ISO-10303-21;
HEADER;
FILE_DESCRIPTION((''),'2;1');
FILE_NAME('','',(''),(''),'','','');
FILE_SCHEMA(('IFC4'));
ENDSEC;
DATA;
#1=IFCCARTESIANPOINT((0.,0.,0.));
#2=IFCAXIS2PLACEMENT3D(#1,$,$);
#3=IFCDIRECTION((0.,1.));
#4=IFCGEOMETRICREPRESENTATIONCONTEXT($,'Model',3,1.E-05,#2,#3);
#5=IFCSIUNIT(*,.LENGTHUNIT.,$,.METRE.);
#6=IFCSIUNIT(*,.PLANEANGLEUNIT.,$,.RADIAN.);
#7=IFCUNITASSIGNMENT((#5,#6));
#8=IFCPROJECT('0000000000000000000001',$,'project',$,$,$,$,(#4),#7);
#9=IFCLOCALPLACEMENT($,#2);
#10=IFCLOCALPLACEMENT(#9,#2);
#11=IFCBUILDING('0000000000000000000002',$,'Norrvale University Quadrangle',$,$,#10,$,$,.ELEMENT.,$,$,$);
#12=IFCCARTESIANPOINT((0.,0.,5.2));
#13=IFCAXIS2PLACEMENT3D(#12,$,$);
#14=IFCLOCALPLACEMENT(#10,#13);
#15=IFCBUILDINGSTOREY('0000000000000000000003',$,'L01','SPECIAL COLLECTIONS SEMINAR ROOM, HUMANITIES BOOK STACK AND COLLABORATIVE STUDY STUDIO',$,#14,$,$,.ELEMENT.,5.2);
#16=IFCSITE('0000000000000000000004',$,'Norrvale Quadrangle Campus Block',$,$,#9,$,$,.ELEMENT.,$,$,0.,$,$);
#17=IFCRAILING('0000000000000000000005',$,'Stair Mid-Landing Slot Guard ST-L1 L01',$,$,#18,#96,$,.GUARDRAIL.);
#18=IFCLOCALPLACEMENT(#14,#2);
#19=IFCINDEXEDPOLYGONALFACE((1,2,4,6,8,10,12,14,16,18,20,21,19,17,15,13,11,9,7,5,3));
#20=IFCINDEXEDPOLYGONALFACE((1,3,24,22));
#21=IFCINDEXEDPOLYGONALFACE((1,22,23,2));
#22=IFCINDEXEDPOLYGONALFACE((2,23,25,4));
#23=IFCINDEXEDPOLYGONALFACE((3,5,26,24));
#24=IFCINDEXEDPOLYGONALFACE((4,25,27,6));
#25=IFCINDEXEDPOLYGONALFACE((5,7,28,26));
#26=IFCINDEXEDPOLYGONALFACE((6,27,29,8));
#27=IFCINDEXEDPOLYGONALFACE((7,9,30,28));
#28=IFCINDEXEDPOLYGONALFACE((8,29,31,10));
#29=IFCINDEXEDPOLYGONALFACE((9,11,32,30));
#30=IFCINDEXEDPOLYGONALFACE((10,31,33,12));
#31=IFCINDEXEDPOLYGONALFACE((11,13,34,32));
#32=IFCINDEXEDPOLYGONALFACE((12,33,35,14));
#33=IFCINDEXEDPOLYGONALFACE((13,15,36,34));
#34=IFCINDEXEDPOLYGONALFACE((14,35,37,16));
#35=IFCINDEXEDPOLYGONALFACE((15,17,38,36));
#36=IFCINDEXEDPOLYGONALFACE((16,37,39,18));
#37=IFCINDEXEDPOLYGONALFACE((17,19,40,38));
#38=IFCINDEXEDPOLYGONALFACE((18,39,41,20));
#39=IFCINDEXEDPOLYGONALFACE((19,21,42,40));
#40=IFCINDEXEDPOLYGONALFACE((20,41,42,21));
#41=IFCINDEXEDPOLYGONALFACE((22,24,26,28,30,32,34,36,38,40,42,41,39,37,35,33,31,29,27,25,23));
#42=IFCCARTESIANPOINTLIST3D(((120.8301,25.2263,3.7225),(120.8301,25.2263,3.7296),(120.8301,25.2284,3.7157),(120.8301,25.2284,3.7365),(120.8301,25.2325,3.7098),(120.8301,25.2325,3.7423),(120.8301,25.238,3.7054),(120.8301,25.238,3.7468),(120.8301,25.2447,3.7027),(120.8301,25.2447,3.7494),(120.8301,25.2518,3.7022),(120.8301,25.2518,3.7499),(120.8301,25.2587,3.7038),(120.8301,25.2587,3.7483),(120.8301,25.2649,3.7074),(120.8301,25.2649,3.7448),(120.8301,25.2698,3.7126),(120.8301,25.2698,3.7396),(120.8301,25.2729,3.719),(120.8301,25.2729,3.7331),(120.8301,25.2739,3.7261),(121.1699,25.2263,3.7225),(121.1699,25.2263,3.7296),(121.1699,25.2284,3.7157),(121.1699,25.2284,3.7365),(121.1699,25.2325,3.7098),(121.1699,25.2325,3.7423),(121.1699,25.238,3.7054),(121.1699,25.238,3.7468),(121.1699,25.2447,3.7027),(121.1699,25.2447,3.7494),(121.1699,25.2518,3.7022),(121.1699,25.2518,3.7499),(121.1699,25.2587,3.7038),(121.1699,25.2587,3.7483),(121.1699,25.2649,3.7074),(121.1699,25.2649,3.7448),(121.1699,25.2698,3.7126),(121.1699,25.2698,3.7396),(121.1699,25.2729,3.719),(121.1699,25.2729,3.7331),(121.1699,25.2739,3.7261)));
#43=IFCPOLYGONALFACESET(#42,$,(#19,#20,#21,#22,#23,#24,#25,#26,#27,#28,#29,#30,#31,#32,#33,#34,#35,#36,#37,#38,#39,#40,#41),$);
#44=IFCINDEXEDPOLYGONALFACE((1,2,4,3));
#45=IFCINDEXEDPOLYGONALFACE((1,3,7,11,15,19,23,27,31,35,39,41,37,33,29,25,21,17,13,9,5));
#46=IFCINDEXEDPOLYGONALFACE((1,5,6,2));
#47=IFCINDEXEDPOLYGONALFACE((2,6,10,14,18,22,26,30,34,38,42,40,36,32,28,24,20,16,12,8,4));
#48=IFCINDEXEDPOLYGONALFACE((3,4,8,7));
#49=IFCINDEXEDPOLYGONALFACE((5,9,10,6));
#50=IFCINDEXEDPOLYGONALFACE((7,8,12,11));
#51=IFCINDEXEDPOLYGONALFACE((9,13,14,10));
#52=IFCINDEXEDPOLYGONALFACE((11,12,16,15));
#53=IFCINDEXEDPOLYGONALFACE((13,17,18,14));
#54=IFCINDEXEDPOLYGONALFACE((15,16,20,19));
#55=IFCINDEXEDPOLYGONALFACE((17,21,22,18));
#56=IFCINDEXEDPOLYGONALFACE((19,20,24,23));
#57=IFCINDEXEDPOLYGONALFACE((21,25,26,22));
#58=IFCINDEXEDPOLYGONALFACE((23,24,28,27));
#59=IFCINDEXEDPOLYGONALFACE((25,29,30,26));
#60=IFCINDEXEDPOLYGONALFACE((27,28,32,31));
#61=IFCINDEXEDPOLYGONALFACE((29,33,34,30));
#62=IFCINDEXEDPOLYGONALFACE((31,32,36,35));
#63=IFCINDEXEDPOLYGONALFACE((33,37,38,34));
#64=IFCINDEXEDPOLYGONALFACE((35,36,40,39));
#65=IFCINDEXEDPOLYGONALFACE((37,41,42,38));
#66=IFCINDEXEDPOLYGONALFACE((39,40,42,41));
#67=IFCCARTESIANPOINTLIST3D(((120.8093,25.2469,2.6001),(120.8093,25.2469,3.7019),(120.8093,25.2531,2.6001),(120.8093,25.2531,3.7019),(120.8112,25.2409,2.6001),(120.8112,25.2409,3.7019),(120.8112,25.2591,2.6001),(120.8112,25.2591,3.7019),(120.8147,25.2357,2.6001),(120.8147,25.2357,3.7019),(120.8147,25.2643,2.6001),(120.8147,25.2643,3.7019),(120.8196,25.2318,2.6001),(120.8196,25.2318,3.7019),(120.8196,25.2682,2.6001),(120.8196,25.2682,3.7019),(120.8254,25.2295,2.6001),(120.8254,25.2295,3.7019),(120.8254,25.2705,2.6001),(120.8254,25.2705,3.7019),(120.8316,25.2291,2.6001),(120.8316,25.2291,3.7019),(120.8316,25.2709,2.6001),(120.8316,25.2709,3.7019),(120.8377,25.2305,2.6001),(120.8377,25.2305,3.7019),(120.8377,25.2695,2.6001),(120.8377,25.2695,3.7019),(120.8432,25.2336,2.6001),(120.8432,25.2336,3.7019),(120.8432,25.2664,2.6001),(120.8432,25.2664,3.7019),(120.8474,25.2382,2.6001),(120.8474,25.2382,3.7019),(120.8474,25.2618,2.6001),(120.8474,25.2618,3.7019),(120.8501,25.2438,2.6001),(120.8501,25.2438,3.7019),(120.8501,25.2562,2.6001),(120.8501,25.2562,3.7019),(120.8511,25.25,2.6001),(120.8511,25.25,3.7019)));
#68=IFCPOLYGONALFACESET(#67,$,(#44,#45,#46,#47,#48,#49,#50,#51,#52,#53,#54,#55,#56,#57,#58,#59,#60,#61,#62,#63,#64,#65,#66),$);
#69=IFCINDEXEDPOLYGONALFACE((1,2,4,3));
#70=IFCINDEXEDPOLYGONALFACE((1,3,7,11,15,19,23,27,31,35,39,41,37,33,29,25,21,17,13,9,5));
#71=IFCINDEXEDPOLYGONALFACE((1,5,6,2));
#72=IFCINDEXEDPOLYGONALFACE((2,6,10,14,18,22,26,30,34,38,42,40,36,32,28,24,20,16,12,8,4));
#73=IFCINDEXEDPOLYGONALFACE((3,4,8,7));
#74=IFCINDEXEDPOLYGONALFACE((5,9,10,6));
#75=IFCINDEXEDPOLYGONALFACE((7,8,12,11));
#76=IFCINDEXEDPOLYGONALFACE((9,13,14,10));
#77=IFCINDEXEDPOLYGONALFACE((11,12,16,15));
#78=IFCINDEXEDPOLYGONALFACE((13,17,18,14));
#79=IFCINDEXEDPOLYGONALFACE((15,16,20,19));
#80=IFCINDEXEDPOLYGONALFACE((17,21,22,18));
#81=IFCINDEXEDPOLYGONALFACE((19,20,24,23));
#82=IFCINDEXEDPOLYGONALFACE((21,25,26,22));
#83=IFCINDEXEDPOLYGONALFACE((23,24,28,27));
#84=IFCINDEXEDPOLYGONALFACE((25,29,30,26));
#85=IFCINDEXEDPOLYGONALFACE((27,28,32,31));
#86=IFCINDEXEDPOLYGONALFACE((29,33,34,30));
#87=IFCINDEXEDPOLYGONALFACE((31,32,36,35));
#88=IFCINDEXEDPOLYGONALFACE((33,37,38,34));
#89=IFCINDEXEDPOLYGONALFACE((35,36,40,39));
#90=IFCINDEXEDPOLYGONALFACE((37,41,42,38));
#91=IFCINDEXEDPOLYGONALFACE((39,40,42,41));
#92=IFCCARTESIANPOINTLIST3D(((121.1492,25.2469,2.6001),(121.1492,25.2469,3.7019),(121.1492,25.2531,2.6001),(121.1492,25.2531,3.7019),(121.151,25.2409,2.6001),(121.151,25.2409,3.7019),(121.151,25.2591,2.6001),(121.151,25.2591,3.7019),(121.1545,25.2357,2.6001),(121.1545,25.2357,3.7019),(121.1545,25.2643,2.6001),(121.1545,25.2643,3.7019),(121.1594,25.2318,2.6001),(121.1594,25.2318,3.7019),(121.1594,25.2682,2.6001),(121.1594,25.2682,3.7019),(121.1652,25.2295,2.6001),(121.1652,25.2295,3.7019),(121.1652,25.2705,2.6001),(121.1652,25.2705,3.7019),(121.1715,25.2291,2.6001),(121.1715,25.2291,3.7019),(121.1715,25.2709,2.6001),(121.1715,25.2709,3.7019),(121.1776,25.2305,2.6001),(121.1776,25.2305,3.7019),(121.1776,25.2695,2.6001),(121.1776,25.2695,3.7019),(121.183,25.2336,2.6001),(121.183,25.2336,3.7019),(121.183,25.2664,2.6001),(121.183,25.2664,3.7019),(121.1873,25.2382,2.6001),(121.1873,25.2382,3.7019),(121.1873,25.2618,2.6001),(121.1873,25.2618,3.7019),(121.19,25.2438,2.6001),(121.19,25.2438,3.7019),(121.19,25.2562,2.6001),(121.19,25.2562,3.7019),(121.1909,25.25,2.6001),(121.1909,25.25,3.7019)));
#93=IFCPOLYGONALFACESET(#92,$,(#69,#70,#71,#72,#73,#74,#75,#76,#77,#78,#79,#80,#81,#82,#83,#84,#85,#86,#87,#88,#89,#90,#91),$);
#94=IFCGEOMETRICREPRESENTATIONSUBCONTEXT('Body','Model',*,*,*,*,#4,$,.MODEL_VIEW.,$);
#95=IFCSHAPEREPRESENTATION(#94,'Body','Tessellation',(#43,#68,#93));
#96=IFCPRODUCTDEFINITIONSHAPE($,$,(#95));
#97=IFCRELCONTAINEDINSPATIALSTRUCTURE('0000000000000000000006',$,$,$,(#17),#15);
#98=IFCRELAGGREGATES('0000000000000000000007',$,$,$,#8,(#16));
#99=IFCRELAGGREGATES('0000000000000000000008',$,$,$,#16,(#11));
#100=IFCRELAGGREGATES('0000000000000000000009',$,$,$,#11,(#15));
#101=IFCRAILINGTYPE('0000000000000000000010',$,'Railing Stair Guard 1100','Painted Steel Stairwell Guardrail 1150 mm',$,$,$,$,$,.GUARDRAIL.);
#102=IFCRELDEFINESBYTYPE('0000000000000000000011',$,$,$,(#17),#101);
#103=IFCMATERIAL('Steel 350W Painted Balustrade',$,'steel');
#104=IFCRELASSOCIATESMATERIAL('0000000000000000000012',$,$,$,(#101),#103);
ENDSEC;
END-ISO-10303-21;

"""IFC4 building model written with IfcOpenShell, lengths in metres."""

from ifc_helpers import new_model, si_unit, direction, frame, origin, origin_2d, place, context, subcontext, project, spatial, circle, extrude, material, type_object, element, save


model = new_model("IFC4")

# Units and contexts
model_context = context("Model", 3, precision=1e-05, world=origin(), true_north=direction((0.0, 1.0)))
body_context = subcontext(model_context, "Body", "Model", "MODEL_VIEW")
ifc_project = project(units=[si_unit("LENGTHUNIT", "METRE"), si_unit("PLANEANGLEUNIT", "RADIAN")], contexts=[model_context])

# Site, building, storey
site_placement = place(None, origin())
site = spatial("IfcSite", under=ifc_project, at=site_placement, Name="Norrvale Quadrangle Campus Block", CompositionType="ELEMENT", RefElevation=0.0)
building_placement = place(site_placement, origin())
building = spatial("IfcBuilding", under=site, at=building_placement, Name="Norrvale University Quadrangle", CompositionType="ELEMENT")
storey_placement = place(building_placement, frame((0.0, 0.0, 5.2)))
storey = spatial("IfcBuildingStorey", under=building, at=storey_placement, Name="L01", Description="SPECIAL COLLECTIONS SEMINAR ROOM, HUMANITIES BOOK STACK AND COLLABORATIVE STUDY STUDIO", CompositionType="ELEMENT", Elevation=5.2)

# Railing
ifc_material_1 = material(Name="Steel 350W Painted Balustrade", Category="steel")
railing_type_1 = type_object("IfcRailingType", Name="Railing Stair Guard 1100", Description="Painted Steel Stairwell Guardrail 1150 mm", PredefinedType="GUARDRAIL", material=ifc_material_1)
for number, where, name in (
    (1, (120.8301, 25.25, 2.6001), "Stair Mid-Landing Slot Guard ST-L1 L01"),
):
    element("IfcRailing", number, at=place(storey_placement, frame(where)), inside=storey, type_object=railing_type_1, Name=name, PredefinedType="GUARDRAIL", context=body_context, shape_type="SweptSolid", body=[
        extrude(circle(Radius=0.0239, at=origin_2d()), frame((0.0, 0.0, 1.126), z_axis=(1.0, 0.0, 0.0), x_axis=(0.0, 1.0, 0.0)), (0.0, 0.0, 1.0), 0.3398),
        extrude(circle(Radius=0.021, at=origin_2d()), origin(), (0.0, 0.0, 1.0), 1.1018),
        extrude(circle(Radius=0.021, at=origin_2d()), frame((0.3398, 0.0, 0.0)), (0.0, 0.0, 1.0), 1.1018),
    ])

save(model, "model.ifc")
